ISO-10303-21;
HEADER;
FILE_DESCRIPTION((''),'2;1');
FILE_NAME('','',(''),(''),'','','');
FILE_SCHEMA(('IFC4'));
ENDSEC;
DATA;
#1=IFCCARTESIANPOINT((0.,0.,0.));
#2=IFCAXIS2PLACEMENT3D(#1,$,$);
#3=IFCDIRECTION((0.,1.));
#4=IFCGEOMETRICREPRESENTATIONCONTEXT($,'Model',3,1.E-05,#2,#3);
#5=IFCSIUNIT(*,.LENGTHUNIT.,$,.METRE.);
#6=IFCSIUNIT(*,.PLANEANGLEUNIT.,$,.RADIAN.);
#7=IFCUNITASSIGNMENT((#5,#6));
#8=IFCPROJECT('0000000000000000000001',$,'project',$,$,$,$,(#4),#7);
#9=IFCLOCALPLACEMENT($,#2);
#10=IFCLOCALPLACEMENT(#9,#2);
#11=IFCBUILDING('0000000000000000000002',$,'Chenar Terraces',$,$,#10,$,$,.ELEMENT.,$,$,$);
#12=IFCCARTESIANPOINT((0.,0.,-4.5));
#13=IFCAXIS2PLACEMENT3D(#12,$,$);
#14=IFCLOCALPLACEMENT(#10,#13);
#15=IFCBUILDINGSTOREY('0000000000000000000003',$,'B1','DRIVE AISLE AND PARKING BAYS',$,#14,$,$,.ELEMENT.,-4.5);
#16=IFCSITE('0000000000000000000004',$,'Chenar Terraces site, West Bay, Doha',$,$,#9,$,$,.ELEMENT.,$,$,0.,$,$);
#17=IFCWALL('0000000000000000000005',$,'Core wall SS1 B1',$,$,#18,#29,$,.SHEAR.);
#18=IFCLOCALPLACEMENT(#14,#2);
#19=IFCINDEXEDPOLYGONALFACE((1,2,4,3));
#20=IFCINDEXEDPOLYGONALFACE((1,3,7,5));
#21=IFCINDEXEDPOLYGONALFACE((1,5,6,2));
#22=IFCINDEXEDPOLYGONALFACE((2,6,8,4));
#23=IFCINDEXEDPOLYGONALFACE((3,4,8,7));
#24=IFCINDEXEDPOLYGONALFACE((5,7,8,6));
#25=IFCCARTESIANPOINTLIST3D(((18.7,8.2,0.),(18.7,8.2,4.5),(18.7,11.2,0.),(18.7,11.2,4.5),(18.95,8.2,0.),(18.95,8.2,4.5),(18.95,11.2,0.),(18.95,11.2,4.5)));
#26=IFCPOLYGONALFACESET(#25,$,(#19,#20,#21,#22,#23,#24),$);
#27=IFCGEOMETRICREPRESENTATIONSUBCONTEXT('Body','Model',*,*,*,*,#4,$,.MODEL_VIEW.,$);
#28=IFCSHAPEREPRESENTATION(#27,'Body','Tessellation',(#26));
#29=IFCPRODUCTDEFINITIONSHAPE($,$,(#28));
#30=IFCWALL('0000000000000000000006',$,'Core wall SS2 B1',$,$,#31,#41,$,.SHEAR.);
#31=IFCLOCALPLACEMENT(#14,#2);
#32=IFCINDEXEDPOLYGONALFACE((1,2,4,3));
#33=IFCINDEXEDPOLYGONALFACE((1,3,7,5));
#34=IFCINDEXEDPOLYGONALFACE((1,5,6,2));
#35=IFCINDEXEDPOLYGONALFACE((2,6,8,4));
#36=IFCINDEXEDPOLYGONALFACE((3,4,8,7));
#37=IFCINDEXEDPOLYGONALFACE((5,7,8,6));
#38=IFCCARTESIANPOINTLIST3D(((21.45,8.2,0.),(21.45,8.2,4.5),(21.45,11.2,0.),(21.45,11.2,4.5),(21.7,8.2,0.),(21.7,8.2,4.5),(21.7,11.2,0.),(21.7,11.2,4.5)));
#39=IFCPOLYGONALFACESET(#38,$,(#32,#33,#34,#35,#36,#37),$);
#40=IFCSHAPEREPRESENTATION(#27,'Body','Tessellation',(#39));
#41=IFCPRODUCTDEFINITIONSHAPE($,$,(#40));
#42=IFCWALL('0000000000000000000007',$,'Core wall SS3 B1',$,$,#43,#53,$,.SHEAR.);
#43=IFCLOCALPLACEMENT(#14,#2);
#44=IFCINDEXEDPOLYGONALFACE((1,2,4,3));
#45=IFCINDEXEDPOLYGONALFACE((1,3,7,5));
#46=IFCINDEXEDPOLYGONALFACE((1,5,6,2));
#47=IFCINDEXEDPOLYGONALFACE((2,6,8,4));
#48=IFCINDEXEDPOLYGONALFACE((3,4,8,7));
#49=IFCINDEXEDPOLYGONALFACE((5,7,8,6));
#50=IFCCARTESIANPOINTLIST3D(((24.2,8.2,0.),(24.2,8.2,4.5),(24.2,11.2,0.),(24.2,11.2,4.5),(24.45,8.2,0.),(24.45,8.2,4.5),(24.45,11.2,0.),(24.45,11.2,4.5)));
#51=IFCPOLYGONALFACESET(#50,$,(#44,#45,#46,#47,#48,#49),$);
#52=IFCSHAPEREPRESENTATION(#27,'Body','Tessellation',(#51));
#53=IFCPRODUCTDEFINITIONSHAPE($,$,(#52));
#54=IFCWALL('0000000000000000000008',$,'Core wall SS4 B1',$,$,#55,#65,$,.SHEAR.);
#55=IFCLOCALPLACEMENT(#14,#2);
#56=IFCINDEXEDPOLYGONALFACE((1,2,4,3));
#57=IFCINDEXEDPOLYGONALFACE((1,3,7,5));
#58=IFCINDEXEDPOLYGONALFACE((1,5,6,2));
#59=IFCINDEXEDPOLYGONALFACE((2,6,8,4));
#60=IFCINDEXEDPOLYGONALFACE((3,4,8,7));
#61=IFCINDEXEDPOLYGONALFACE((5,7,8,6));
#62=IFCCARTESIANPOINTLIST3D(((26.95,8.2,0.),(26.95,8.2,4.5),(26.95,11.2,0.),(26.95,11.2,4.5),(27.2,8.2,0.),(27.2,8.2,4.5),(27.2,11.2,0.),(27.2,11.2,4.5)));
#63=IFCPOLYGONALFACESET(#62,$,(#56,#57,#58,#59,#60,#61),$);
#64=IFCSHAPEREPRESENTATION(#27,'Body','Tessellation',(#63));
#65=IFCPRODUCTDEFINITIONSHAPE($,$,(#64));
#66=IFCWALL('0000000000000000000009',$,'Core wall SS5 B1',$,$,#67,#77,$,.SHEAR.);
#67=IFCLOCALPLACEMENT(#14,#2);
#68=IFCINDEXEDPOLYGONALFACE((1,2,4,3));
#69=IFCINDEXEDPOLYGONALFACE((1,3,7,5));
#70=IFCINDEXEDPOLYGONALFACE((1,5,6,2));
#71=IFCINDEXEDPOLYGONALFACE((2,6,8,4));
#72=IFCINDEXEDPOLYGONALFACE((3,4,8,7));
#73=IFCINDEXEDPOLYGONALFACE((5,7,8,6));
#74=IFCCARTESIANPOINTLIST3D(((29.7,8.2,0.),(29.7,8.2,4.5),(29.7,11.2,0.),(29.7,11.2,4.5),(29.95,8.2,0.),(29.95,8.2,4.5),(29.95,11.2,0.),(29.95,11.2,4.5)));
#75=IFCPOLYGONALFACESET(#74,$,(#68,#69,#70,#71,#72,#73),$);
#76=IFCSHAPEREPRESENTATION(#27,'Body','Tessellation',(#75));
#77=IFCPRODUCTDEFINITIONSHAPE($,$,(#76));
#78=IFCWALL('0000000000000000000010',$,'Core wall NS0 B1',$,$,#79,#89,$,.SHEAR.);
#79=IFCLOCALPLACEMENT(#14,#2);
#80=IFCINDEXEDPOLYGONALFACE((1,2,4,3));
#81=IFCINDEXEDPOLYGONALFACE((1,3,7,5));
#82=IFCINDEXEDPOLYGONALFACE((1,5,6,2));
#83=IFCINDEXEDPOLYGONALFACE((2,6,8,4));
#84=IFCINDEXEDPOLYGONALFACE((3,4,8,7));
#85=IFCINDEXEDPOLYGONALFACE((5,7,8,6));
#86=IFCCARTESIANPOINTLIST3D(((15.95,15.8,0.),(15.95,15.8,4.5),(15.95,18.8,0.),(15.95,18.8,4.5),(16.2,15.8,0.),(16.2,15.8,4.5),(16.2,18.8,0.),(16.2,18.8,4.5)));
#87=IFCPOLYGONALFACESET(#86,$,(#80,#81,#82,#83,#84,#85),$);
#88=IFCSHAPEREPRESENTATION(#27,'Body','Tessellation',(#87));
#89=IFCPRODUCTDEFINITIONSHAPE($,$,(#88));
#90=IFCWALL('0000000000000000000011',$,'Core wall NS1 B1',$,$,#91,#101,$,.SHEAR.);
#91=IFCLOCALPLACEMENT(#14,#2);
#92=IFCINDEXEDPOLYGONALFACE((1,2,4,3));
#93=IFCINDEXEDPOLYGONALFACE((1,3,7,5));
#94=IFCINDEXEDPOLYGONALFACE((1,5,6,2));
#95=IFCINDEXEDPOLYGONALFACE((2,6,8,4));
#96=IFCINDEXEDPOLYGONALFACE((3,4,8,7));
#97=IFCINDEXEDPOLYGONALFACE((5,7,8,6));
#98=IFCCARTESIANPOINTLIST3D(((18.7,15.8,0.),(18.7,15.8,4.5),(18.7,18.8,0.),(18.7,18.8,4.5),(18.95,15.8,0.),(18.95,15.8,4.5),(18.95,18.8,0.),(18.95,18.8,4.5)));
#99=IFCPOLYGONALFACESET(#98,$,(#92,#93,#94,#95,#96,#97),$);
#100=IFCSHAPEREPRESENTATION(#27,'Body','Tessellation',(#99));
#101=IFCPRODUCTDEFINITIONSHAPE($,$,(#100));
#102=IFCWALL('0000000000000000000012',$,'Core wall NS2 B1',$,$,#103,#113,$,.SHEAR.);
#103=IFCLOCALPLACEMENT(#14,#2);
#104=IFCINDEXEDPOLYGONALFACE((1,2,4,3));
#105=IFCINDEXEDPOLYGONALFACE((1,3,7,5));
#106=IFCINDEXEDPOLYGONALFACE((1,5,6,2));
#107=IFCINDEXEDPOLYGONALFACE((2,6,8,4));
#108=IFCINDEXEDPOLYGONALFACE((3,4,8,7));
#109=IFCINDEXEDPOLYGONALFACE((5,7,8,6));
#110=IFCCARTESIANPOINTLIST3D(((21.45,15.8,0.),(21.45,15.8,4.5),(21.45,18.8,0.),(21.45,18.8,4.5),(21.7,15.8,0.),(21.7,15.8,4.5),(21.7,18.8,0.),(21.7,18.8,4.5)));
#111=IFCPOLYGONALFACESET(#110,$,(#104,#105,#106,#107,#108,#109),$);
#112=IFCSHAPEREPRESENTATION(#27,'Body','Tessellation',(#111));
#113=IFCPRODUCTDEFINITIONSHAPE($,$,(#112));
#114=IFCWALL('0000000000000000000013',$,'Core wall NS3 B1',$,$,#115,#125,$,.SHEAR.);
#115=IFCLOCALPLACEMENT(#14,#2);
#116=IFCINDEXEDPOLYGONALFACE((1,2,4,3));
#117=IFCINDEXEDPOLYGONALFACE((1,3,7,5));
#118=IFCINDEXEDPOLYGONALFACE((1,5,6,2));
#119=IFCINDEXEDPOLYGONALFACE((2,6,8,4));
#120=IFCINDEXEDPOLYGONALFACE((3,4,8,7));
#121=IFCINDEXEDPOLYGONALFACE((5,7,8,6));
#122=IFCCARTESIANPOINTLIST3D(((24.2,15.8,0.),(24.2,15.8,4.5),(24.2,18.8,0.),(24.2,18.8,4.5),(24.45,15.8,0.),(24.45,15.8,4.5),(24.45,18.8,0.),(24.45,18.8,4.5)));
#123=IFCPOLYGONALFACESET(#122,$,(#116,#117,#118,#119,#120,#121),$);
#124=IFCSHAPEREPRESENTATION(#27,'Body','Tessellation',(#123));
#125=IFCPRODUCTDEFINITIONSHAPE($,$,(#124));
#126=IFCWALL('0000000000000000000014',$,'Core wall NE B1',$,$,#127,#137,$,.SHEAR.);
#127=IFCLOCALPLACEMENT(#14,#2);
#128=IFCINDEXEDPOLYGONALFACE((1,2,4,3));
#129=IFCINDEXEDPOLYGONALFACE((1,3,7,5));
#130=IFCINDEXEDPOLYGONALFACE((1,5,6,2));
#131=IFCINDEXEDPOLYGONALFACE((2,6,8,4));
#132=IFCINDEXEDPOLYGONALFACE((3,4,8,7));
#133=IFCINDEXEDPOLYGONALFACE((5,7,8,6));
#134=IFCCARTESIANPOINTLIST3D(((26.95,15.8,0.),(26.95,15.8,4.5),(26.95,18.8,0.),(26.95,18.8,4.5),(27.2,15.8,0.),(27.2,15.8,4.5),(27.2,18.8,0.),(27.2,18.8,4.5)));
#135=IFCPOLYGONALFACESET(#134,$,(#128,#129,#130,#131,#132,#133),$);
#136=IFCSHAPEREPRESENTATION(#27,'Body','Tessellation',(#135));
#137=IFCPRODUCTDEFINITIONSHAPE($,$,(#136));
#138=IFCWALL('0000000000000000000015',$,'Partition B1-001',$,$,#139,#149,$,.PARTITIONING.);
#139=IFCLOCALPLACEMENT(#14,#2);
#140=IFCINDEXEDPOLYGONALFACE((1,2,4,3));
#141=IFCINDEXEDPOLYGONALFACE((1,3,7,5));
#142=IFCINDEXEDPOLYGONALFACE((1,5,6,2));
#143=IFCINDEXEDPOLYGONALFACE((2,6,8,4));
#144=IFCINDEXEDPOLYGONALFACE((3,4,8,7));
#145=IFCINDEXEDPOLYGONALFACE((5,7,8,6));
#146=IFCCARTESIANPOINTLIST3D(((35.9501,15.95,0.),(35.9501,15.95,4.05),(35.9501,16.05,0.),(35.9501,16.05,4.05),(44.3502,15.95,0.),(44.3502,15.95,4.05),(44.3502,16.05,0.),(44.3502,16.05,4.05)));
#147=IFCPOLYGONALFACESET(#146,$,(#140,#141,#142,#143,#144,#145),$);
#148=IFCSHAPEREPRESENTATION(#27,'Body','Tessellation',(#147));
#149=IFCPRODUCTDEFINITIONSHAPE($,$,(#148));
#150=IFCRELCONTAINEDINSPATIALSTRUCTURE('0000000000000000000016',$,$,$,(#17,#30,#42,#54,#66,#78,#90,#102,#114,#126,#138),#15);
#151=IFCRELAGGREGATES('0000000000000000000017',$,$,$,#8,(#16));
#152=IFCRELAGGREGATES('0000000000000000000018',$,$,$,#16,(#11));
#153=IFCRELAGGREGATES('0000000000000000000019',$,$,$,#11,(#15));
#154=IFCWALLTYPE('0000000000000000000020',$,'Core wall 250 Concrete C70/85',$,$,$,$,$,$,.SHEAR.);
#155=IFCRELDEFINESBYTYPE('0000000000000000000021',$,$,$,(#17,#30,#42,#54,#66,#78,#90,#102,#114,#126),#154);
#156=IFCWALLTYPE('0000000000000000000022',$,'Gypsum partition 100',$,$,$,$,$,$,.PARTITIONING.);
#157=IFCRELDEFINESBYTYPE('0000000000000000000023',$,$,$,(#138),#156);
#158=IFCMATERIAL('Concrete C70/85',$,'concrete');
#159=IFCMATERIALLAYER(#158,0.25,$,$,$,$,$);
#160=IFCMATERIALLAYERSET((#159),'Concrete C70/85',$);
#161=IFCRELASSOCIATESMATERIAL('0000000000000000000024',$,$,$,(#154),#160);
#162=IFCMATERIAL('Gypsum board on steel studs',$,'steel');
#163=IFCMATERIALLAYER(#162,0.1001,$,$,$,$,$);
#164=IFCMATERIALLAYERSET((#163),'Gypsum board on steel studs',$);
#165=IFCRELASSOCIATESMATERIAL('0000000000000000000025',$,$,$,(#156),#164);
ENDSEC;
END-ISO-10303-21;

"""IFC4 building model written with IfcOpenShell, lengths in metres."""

from ifc_helpers import new_model, si_unit, direction, frame, frame_2d, origin, place, context, subcontext, project, spatial, rectangle, extrude, material, layer, layer_set, type_object, element, save


model = new_model("IFC4")

# Units and contexts
model_context = context("Model", 3, precision=1e-05, world=origin(), true_north=direction((0.0, 1.0)))
body_context = subcontext(model_context, "Body", "Model", "MODEL_VIEW")
ifc_project = project(units=[si_unit("LENGTHUNIT", "METRE"), si_unit("PLANEANGLEUNIT", "RADIAN")], contexts=[model_context])

# Site, building, storey
site_placement = place(None, origin())
site = spatial("IfcSite", under=ifc_project, at=site_placement, Name="Chenar Terraces site, West Bay, Doha", CompositionType="ELEMENT", RefElevation=0.0)
building_placement = place(site_placement, origin())
building = spatial("IfcBuilding", under=site, at=building_placement, Name="Chenar Terraces", CompositionType="ELEMENT")
storey_placement = place(building_placement, frame((0.0, 0.0, -4.5)))
storey = spatial("IfcBuildingStorey", under=building, at=storey_placement, Name="B1", Description="DRIVE AISLE AND PARKING BAYS", CompositionType="ELEMENT", Elevation=-4.5)

# Walls
ifc_material_1 = material(Name="Concrete C70/85", Category="concrete")
ifc_layer_1 = layer(ifc_material_1, 0.25)
ifc_layer_set_1 = layer_set([ifc_layer_1], Name="Concrete C70/85")
wall_type_1 = type_object("IfcWallType", Name="Core wall 250 Concrete C70/85", PredefinedType="SHEAR", material=ifc_layer_set_1)
for number, where, z_axis, x_axis, name in (
    (1, (18.825, 8.2, 0.0), (0.0, 0.0, 1.0), (0.0, 1.0, 0.0), "Core wall SS1 B1"),
    (2, (21.575, 8.2, 0.0), (0.0, 0.0, 1.0), (0.0, 1.0, 0.0), "Core wall SS2 B1"),
    (3, (24.325, 8.2, 0.0), (0.0, 0.0, 1.0), (0.0, 1.0, 0.0), "Core wall SS3 B1"),
    (4, (27.075, 8.2, 0.0), (0.0, 0.0, 1.0), (0.0, 1.0, 0.0), "Core wall SS4 B1"),
    (5, (29.825, 8.2, 0.0), (0.0, 0.0, 1.0), (0.0, 1.0, 0.0), "Core wall SS5 B1"),
    (6, (16.075, 15.8, 0.0), (0.0, 0.0, 1.0), (0.0, 1.0, 0.0), "Core wall NS0 B1"),
    (7, (18.825, 15.8, 0.0), (0.0, 0.0, 1.0), (0.0, 1.0, 0.0), "Core wall NS1 B1"),
    (8, (21.575, 15.8, 0.0), (0.0, 0.0, 1.0), (0.0, 1.0, 0.0), "Core wall NS2 B1"),
    (9, (24.325, 15.8, 0.0), (0.0, 0.0, 1.0), (0.0, 1.0, 0.0), "Core wall NS3 B1"),
    (10, (27.075, 15.8, 0.0), (0.0, 0.0, 1.0), (0.0, 1.0, 0.0), "Core wall NE B1"),
):
    element("IfcWall", number, at=place(storey_placement, frame(where, z_axis=z_axis, x_axis=x_axis)), inside=storey, type_object=wall_type_1, Name=name, PredefinedType="SHEAR", context=body_context, shape_type="SweptSolid", body=[
        extrude(rectangle(XDim=3.0, YDim=0.25, at=frame_2d((1.5, 0.0))), origin(), (0.0, 0.0, 1.0), 4.5),
    ])
ifc_material_2 = material(Name="Gypsum board on steel studs", Category="steel")
ifc_layer_2 = layer(ifc_material_2, 0.1001)
ifc_layer_set_2 = layer_set([ifc_layer_2], Name="Gypsum board on steel studs")
wall_type_2 = type_object("IfcWallType", Name="Gypsum partition 100", PredefinedType="PARTITIONING", material=ifc_layer_set_2)
wall_1_placement = place(storey_placement, frame((35.95, 16.0, 0.0), z_axis=(0.0, 0.0, 1.0), x_axis=(1.0, 0.0, 0.0)))
element("IfcWall", 11, at=wall_1_placement, inside=storey, type_object=wall_type_2, Name="Partition B1-001", PredefinedType="PARTITIONING", context=body_context, shape_type="SweptSolid", body=[
    extrude(rectangle(XDim=8.4001, YDim=0.1001, at=frame_2d((4.2002, 0.0))), origin(), (0.0, 0.0, 1.0), 4.05),
])

save(model, "model.ifc")
